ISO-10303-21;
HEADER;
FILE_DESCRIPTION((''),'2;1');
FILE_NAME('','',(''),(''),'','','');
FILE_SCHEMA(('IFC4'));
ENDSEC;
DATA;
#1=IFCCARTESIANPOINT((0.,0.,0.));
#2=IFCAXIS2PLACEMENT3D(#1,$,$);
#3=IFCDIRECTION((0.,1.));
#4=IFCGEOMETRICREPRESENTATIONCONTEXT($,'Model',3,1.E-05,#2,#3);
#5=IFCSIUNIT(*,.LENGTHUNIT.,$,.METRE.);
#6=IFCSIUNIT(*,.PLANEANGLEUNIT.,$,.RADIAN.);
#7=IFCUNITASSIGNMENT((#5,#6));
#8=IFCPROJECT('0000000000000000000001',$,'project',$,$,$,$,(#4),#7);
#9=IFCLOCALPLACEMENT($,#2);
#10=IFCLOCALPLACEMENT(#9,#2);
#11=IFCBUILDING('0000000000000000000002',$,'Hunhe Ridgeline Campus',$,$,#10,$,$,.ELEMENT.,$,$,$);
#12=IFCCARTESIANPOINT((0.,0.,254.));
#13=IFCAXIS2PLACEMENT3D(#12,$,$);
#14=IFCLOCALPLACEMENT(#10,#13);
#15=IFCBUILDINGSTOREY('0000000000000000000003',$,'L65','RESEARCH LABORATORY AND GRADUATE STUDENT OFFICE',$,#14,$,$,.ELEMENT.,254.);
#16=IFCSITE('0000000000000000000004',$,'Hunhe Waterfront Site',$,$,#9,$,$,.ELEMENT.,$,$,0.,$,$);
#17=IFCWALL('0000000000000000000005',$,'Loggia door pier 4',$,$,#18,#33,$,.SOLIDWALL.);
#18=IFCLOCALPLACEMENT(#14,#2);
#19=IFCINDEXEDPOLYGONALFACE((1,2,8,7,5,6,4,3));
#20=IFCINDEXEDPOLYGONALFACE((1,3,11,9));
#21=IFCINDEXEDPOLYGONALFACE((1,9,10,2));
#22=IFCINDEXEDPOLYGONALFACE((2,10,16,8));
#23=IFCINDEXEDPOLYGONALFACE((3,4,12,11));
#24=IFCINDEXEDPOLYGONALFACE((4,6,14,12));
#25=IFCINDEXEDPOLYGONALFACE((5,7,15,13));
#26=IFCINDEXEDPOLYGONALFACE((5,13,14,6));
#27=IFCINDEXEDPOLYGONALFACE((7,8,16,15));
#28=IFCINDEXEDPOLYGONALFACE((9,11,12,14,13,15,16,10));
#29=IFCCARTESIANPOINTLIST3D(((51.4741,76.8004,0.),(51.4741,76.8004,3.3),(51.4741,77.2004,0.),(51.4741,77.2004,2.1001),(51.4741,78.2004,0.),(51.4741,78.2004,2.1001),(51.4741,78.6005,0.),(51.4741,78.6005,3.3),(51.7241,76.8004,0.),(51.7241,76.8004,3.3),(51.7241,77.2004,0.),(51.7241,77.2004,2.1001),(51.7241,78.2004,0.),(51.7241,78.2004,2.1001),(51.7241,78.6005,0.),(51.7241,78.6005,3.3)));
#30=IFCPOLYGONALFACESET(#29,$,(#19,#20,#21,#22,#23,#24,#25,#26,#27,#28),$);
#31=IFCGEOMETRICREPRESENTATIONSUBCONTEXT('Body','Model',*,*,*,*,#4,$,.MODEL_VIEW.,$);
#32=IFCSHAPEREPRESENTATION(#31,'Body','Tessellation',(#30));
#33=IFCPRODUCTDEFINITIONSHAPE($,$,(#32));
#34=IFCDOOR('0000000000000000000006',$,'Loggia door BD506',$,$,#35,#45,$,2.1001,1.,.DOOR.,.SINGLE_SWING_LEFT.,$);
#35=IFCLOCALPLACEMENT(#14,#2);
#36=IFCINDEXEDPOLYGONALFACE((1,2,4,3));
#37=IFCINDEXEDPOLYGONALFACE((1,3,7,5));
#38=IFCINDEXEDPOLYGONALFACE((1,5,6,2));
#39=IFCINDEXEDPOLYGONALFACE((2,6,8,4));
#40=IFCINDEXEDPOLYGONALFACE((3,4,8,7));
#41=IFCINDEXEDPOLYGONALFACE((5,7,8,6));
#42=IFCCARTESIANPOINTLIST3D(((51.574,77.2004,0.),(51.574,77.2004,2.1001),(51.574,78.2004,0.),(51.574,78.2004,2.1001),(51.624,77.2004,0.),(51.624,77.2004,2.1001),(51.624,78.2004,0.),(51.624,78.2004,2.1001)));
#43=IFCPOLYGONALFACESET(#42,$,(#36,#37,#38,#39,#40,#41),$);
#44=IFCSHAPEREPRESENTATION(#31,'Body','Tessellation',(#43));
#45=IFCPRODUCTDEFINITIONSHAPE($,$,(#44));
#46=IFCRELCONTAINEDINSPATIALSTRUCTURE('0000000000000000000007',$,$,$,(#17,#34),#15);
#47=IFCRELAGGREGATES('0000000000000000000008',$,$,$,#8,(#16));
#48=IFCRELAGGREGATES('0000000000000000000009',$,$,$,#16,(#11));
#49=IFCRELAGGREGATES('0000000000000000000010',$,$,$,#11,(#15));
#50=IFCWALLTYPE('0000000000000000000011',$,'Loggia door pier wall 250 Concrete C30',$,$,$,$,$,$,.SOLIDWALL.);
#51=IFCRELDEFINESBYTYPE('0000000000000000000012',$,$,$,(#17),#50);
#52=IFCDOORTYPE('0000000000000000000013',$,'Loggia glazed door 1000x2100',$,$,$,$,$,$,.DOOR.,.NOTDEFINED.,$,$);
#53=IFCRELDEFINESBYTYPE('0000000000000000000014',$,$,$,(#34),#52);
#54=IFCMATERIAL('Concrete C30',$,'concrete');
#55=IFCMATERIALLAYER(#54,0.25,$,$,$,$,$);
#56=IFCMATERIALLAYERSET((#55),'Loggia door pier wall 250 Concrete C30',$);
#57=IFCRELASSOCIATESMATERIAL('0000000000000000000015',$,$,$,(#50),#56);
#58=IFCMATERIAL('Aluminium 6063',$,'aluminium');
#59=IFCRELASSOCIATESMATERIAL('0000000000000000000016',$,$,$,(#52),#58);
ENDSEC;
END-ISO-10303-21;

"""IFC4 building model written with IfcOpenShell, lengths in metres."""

from ifc_helpers import new_model, si_unit, direction, frame, frame_2d, origin, place, context, subcontext, project, spatial, rectangle, extrude, material, layer, layer_set, type_object, element, fill, save


model = new_model("IFC4")

# Units and contexts
model_context = context("Model", 3, precision=1e-05, world=origin(), true_north=direction((0.0, 1.0)))
body_context = subcontext(model_context, "Body", "Model", "MODEL_VIEW")
ifc_project = project(units=[si_unit("LENGTHUNIT", "METRE"), si_unit("PLANEANGLEUNIT", "RADIAN")], contexts=[model_context])

# Site, building, storey
site_placement = place(None, origin())
site = spatial("IfcSite", under=ifc_project, at=site_placement, Name="Hunhe Waterfront Site", CompositionType="ELEMENT", RefElevation=0.0)
building_placement = place(site_placement, origin())
building = spatial("IfcBuilding", under=site, at=building_placement, Name="Hunhe Ridgeline Campus", CompositionType="ELEMENT")
storey_placement = place(building_placement, frame((0.0, 0.0, 254.0)))
storey = spatial("IfcBuildingStorey", under=building, at=storey_placement, Name="L65", Description="RESEARCH LABORATORY AND GRADUATE STUDENT OFFICE", CompositionType="ELEMENT", Elevation=254.0)

# Shared definitions
ifc_material_1 = material(Name="Aluminium 6063", Category="aluminium")

# Wall, opening, door
ifc_material_2 = material(Name="Concrete C30", Category="concrete")
ifc_layer_1 = layer(ifc_material_2, 0.25)
ifc_layer_set_1 = layer_set([ifc_layer_1], Name="Loggia door pier wall 250 Concrete C30")
wall_type_1 = type_object("IfcWallType", Name="Loggia door pier wall 250 Concrete C30", PredefinedType="SOLIDWALL", material=ifc_layer_set_1)
wall_1_placement = place(storey_placement, frame((51.5991, 76.8005, 0.0), z_axis=(0.0, 0.0, 1.0), x_axis=(0.0, 1.0, 0.0)))
wall_1 = element("IfcWall", 1, at=wall_1_placement, inside=storey, type_object=wall_type_1, Name="Loggia door pier 4", PredefinedType="SOLIDWALL", context=body_context, shape_type="SweptSolid", body=[
    extrude(rectangle(XDim=1.8, YDim=0.25, at=frame_2d((0.8999, 0.0))), origin(), (0.0, 0.0, 1.0), 3.3),
])
opening_1_placement = place(wall_1_placement, frame((0.3999, 0.0, 0.0)))
opening_1 = element("IfcOpeningElement", 2, at=opening_1_placement, cuts=wall_1, PredefinedType="OPENING", context=body_context, shape_type="SweptSolid", body=[
    extrude(rectangle(XDim=1.0, YDim=2.1001, at=frame_2d((0.5, 1.05))), frame((0.0, 0.125, 0.0), z_axis=(0.0, -1.0, 0.0), x_axis=(1.0, 0.0, 0.0)), (0.0, 0.0, 1.0), 0.25),
])
door_type_1 = type_object("IfcDoorType", Name="Loggia glazed door 1000x2100", OperationType="NOTDEFINED", PredefinedType="DOOR", material=ifc_material_1)
door_1_placement = place(opening_1_placement, frame((1.0, 0.0, 0.0), z_axis=(0.0, 0.0, 1.0), x_axis=(-1.0, 0.0, 0.0)))
door_1 = element("IfcDoor", 3, at=door_1_placement, inside=storey, type_object=door_type_1, Name="Loggia door BD506", OperationType="SINGLE_SWING_LEFT", OverallHeight=2.1001, OverallWidth=1.0, PredefinedType="DOOR", context=body_context, shape_type="SweptSolid", body=[
    extrude(rectangle(XDim=1.0, YDim=2.1001, at=frame_2d((0.5, 1.05))), frame((0.0, 0.0249, 0.0), z_axis=(0.0, -1.0, 0.0), x_axis=(1.0, 0.0, 0.0)), (0.0, 0.0, 1.0), 0.05),
])
fill(opening_1, door_1)

save(model, "model.ifc")
